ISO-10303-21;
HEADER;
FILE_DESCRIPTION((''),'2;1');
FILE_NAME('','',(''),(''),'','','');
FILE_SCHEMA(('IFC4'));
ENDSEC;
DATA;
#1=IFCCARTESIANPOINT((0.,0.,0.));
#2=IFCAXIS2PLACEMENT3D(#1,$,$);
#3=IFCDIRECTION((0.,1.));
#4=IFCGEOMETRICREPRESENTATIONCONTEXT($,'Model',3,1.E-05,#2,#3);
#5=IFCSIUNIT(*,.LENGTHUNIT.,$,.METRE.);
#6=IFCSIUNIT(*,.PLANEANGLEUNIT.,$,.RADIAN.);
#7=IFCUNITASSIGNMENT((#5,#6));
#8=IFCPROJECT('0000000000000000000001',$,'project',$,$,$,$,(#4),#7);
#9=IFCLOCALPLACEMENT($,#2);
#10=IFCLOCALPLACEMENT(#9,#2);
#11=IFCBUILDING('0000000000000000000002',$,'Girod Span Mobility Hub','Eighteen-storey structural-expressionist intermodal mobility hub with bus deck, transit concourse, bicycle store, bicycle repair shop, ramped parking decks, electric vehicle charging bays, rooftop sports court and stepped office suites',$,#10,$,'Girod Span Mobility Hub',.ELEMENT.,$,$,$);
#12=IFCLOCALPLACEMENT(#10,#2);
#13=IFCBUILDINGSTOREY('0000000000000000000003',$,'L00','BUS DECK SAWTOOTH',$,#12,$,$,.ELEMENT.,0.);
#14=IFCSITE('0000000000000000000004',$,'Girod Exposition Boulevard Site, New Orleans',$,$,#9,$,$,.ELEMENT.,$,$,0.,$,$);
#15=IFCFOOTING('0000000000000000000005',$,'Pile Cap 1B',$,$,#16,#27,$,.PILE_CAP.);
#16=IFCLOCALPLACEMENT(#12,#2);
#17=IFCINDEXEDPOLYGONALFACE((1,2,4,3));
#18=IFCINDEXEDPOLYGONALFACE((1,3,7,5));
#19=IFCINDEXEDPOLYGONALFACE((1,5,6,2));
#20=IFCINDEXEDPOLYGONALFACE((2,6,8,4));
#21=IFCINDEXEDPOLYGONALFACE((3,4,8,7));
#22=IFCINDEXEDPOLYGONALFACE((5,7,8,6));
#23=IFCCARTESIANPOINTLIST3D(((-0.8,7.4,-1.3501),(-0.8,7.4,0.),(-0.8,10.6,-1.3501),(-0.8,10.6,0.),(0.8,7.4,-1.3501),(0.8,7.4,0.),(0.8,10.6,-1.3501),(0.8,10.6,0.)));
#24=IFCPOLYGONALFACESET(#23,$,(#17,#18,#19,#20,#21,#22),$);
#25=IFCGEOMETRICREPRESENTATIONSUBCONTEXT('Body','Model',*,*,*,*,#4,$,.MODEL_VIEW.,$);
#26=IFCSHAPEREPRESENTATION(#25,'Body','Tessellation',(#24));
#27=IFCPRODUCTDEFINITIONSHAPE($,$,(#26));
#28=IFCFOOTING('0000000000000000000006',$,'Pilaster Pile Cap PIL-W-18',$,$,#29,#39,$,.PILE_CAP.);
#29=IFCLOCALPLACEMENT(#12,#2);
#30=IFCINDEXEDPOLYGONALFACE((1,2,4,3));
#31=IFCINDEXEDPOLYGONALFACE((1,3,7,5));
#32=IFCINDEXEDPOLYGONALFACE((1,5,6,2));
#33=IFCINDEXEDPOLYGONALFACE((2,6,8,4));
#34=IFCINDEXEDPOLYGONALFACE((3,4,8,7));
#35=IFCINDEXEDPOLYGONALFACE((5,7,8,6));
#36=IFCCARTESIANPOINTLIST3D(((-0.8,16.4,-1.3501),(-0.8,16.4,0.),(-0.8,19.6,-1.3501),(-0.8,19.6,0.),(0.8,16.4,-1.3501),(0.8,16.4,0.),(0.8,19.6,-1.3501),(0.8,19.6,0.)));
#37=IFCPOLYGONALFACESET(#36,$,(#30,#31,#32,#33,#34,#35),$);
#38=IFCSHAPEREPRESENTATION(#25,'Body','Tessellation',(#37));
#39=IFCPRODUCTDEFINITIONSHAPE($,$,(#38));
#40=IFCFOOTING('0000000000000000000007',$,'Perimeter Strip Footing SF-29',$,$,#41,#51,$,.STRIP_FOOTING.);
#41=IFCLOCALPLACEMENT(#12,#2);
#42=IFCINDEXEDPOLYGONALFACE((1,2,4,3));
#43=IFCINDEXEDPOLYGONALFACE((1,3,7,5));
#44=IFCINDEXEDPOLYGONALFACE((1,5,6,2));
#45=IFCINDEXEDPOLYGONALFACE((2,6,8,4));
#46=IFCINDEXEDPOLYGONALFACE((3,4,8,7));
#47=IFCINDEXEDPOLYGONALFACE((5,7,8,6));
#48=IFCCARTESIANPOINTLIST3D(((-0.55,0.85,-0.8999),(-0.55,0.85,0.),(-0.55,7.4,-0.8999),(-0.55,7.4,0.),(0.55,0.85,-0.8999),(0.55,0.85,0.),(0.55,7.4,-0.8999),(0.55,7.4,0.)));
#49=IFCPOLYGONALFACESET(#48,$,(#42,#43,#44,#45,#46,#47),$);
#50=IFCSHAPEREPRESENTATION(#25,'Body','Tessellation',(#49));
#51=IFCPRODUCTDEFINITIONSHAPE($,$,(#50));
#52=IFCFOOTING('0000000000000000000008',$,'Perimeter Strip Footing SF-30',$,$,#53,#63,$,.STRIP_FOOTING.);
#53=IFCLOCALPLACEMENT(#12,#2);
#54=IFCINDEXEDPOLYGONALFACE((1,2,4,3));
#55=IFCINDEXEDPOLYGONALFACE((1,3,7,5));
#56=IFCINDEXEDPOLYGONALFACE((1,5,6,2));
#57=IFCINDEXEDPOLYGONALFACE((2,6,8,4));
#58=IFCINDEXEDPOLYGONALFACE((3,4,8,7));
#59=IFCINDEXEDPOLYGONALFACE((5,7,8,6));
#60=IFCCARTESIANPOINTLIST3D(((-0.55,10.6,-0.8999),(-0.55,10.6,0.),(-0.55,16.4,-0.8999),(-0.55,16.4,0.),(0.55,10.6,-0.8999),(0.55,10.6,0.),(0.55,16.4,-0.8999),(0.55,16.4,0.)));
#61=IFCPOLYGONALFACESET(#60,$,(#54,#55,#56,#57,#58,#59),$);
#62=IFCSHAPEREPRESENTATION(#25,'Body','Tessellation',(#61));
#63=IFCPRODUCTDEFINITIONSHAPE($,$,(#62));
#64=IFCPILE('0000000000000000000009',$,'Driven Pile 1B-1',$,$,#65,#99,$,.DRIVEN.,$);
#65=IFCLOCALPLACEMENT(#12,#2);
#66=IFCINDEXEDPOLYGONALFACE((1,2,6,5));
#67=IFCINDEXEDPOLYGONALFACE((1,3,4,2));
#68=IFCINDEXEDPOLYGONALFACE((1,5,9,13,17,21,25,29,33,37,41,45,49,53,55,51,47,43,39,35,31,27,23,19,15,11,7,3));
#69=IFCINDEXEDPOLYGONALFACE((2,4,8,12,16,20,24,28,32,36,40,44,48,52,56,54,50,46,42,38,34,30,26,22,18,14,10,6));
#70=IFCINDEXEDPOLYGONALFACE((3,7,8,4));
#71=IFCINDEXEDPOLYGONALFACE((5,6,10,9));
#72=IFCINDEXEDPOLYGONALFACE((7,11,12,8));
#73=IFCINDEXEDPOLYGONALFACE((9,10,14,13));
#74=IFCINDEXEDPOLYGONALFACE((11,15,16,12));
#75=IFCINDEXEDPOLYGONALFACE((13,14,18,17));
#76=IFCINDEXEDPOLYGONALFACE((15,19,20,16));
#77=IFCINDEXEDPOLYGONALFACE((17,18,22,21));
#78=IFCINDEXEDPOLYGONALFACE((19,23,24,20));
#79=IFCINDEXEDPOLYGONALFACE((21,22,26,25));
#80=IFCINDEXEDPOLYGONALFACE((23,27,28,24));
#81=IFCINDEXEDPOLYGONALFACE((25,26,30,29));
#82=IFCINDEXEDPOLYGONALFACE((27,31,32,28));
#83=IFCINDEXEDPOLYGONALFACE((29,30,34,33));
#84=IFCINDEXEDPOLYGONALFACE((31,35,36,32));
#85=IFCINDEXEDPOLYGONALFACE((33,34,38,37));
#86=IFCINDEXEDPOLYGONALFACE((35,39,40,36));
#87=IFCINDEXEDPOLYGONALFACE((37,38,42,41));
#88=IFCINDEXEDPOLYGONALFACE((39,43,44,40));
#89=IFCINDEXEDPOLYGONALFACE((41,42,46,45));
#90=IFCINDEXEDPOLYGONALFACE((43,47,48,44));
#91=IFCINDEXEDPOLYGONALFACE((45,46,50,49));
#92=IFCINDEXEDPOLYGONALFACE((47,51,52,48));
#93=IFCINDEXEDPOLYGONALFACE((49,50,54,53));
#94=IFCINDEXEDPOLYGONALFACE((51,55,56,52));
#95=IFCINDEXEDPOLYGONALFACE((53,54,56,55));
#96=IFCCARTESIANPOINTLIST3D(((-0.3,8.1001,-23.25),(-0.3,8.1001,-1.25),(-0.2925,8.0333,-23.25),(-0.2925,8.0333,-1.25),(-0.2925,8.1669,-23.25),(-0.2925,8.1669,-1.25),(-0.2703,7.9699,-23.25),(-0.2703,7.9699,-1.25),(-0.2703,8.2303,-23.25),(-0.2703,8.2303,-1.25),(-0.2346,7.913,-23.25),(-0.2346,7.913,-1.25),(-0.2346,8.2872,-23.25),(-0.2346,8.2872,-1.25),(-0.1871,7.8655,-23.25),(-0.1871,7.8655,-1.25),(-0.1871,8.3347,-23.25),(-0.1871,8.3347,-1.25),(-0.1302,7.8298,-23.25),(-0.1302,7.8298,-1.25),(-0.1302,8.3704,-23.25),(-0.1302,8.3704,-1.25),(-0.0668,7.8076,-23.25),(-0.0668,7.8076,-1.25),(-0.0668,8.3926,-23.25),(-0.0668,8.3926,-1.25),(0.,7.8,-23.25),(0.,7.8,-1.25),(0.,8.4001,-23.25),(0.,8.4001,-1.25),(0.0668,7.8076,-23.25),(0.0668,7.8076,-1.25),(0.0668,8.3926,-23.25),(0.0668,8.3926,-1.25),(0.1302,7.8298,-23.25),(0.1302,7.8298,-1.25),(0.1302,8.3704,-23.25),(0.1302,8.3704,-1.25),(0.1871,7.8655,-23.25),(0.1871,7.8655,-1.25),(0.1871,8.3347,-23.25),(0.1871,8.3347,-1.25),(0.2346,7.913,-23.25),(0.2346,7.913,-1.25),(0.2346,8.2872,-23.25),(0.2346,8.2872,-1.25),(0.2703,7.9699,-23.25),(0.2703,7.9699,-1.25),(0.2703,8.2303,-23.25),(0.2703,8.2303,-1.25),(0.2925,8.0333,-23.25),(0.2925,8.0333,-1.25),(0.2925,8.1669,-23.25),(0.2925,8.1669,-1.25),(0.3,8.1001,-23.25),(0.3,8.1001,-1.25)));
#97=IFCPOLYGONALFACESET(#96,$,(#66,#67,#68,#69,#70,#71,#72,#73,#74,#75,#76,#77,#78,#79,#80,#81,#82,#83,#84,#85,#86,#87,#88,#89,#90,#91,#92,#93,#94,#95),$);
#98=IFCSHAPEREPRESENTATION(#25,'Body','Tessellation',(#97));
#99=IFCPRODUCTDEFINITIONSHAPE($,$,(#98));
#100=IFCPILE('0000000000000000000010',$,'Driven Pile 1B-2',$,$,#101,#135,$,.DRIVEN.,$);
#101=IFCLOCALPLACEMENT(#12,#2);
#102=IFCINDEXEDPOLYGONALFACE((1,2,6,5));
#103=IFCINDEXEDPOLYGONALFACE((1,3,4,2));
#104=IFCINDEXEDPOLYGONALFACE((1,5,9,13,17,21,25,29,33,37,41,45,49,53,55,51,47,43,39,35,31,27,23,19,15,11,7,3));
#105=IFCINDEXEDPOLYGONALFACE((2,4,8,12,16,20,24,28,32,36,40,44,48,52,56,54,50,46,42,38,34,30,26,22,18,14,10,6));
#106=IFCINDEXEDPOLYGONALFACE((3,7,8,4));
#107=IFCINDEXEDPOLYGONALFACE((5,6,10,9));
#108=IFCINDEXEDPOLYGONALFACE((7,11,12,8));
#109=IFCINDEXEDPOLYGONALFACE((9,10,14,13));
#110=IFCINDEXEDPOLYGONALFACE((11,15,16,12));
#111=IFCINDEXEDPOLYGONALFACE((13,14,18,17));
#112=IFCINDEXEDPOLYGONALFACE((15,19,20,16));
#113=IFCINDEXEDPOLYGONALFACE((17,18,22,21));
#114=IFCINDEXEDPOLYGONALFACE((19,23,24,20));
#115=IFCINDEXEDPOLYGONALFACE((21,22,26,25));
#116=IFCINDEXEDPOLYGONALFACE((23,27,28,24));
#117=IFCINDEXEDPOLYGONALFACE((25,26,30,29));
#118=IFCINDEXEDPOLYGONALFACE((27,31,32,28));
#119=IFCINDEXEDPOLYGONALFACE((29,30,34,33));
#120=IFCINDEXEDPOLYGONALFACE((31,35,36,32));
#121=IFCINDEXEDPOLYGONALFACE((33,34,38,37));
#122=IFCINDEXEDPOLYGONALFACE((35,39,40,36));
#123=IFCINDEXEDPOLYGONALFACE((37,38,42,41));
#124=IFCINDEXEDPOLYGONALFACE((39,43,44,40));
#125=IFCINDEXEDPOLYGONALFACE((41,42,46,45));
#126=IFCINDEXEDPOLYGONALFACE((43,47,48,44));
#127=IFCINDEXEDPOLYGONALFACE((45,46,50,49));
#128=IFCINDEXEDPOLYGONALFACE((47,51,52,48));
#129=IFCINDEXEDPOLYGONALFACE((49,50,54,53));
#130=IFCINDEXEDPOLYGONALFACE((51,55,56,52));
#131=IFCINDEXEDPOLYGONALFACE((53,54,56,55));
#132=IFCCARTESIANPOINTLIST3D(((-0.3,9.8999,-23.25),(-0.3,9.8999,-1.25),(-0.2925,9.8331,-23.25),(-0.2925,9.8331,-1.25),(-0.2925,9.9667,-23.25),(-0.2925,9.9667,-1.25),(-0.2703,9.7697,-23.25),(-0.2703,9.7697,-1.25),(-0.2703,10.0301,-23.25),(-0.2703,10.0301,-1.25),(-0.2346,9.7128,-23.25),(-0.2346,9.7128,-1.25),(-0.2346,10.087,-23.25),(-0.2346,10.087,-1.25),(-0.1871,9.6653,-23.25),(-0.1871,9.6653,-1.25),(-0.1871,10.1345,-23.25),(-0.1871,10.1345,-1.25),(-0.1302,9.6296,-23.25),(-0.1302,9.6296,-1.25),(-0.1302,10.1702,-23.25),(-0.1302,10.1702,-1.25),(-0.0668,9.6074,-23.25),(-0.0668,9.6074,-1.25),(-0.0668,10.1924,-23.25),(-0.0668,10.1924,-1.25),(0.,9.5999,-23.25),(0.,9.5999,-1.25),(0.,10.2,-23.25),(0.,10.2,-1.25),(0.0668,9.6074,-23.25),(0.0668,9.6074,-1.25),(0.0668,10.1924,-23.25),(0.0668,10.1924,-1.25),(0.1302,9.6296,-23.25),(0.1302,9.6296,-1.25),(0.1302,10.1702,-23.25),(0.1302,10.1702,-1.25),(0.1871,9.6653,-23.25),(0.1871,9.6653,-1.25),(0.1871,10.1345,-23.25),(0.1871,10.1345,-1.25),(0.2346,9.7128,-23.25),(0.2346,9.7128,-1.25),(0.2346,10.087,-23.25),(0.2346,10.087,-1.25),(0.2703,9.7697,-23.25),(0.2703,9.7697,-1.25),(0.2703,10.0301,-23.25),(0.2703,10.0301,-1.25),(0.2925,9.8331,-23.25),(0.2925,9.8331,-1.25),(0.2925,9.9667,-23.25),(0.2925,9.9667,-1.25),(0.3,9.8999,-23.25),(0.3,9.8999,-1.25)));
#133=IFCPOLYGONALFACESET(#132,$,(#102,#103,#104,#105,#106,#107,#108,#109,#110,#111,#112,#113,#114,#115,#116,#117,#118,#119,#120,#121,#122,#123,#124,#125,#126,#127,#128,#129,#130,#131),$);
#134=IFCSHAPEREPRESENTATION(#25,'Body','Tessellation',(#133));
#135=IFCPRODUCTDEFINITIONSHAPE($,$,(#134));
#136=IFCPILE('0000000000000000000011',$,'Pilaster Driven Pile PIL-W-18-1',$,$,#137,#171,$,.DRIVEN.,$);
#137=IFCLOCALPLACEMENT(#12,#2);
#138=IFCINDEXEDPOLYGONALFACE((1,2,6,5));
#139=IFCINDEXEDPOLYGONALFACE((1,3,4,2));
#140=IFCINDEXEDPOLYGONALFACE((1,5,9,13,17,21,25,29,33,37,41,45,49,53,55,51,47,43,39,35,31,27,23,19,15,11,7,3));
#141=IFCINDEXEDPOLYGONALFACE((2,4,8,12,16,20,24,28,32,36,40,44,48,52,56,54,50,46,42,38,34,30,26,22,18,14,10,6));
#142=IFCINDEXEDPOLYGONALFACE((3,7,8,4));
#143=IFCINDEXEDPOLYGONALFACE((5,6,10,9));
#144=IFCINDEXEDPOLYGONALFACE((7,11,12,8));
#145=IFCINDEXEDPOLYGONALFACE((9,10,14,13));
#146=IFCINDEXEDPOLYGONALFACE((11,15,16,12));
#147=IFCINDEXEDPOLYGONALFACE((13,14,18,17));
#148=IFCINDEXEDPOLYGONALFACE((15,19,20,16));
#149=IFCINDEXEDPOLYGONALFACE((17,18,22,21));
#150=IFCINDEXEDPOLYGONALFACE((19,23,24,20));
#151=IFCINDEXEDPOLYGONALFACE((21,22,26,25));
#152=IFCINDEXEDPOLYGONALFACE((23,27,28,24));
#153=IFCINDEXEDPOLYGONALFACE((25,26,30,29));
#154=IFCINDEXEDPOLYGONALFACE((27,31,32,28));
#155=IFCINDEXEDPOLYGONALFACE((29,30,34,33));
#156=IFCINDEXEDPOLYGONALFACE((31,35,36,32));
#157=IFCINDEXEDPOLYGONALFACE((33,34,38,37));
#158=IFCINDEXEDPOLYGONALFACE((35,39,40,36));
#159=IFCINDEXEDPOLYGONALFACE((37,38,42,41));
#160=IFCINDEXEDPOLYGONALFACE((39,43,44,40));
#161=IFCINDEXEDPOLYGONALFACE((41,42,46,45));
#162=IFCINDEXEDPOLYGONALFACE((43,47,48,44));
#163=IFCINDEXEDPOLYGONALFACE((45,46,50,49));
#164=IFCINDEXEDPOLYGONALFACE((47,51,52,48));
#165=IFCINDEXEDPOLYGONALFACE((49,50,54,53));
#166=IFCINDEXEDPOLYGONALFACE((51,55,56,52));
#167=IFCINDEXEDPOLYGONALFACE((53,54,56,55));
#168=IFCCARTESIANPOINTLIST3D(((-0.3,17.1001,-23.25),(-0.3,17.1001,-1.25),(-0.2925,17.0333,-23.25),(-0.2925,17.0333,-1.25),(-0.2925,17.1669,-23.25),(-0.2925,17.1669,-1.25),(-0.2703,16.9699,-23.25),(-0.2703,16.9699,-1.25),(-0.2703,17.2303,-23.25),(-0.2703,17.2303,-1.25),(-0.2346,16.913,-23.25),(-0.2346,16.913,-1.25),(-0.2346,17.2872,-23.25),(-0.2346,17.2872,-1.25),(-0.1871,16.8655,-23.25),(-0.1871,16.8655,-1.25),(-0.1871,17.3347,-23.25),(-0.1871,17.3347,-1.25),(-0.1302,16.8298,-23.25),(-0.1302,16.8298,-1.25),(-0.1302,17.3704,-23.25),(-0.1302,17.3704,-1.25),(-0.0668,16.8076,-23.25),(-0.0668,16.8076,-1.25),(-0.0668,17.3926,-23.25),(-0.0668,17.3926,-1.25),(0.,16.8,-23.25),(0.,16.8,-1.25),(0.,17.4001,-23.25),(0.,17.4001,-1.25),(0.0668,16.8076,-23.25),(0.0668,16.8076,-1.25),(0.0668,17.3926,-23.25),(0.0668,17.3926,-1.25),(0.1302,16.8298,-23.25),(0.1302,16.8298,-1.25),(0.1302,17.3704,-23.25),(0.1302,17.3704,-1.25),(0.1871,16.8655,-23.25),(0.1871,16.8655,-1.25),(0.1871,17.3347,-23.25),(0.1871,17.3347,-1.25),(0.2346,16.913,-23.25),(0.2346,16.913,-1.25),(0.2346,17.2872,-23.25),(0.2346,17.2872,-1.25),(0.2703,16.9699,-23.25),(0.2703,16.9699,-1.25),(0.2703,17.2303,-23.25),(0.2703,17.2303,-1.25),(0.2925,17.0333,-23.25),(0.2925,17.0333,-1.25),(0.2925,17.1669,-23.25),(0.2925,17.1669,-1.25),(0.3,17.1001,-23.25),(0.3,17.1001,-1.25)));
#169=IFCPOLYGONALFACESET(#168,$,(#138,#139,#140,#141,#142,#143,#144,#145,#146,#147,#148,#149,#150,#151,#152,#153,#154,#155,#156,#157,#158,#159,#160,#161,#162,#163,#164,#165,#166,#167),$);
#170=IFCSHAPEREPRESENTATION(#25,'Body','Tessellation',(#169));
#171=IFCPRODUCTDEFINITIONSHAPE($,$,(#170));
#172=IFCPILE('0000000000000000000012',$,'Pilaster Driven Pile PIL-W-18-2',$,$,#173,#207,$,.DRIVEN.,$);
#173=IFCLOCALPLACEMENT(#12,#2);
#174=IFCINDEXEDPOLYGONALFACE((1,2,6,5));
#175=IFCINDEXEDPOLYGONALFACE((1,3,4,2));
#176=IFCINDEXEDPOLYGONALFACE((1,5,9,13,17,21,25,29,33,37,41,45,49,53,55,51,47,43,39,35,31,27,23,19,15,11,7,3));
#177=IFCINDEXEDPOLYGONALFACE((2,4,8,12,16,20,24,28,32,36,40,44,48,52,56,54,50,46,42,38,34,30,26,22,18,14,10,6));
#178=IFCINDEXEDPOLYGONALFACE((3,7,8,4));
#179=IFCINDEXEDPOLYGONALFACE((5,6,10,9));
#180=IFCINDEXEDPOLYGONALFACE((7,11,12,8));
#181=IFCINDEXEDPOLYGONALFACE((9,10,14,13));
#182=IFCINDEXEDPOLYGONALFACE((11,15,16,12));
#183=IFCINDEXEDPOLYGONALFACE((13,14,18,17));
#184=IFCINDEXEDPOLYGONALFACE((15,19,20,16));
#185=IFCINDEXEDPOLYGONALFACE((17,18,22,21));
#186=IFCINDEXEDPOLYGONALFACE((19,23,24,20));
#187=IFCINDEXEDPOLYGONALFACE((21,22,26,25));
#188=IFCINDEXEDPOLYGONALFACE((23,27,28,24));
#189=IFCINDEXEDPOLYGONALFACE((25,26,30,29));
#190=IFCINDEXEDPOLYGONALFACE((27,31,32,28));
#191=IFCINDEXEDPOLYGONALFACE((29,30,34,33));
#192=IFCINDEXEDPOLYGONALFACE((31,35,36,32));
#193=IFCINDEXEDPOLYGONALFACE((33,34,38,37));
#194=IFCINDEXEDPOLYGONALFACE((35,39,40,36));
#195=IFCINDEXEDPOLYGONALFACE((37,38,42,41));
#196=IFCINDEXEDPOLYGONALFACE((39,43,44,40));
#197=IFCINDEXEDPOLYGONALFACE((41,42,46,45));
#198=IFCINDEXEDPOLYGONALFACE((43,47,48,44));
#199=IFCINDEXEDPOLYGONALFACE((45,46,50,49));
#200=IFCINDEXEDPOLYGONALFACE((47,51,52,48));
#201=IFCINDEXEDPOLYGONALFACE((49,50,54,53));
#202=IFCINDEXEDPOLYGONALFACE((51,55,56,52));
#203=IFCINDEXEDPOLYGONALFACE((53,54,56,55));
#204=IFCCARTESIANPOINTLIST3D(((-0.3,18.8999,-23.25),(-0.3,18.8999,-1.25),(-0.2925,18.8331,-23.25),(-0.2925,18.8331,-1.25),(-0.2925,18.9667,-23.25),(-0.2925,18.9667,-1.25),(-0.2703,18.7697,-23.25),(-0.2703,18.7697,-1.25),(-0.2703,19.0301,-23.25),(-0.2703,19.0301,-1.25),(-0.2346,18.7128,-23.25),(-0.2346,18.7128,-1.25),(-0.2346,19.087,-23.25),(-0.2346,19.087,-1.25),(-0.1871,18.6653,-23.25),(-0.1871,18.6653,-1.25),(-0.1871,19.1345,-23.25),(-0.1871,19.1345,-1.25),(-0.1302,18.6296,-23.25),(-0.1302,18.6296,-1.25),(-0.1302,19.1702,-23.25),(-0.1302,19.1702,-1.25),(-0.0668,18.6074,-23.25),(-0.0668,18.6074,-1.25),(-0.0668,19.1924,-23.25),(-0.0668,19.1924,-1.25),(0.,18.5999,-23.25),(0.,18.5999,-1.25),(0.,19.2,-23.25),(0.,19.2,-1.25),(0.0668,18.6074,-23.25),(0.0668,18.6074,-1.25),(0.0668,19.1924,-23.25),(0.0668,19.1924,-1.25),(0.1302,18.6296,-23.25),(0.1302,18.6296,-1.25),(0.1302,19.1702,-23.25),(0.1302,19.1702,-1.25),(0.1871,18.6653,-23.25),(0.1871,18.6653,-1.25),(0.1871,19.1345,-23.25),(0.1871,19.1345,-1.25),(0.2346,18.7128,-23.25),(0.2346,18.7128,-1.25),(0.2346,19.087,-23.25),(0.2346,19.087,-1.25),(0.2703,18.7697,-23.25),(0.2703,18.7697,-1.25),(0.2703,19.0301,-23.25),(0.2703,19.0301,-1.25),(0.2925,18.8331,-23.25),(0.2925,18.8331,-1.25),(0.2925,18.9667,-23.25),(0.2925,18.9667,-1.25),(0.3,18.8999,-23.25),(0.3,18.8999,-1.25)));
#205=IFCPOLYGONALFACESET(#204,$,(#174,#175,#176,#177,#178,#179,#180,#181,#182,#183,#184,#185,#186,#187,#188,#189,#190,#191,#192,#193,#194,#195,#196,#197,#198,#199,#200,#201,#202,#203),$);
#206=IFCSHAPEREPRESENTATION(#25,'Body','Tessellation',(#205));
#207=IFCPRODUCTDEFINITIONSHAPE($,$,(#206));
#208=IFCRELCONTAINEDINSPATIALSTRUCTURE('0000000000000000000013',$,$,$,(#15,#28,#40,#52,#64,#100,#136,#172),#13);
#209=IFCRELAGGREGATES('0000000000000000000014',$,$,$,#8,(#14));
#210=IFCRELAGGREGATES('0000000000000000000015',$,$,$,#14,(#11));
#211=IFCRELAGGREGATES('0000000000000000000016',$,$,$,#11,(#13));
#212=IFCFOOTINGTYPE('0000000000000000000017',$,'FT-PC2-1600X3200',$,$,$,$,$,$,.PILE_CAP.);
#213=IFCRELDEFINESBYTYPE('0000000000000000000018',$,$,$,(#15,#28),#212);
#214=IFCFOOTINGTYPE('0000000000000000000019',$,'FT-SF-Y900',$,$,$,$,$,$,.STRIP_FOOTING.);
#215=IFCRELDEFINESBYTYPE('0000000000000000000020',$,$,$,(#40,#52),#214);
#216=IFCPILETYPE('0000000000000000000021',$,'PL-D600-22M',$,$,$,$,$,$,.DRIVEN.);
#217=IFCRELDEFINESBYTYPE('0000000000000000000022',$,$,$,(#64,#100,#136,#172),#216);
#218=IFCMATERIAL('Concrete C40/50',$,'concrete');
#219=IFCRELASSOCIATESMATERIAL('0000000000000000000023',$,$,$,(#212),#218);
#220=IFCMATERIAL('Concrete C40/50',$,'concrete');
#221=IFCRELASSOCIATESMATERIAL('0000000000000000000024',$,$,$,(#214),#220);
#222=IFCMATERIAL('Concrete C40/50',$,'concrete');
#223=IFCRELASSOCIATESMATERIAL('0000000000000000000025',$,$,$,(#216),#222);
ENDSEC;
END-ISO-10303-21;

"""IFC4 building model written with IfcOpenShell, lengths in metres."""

from ifc_helpers import new_model, si_unit, direction, frame, origin, origin_2d, place, context, subcontext, project, spatial, rectangle, circle, extrude, material, material_profile, profile_set, type_object, element, save


model = new_model("IFC4")

# Units and contexts
model_context = context("Model", 3, precision=1e-05, world=origin(), true_north=direction((0.0, 1.0)))
body_context = subcontext(model_context, "Body", "Model", "MODEL_VIEW")
ifc_project = project(units=[si_unit("LENGTHUNIT", "METRE"), si_unit("PLANEANGLEUNIT", "RADIAN")], contexts=[model_context])

# Site, building, storey
site_placement = place(None, origin())
site = spatial("IfcSite", under=ifc_project, at=site_placement, Name="Girod Exposition Boulevard Site, New Orleans", CompositionType="ELEMENT", RefElevation=0.0)
building_placement = place(site_placement, origin())
building = spatial("IfcBuilding", under=site, at=building_placement, Name="Girod Span Mobility Hub", Description="Eighteen-storey structural-expressionist intermodal mobility hub with bus deck, transit concourse, bicycle store, bicycle repair shop, ramped parking decks, electric vehicle charging bays, rooftop sports court and stepped office suites", LongName="Girod Span Mobility Hub", CompositionType="ELEMENT")
storey_placement = place(building_placement, origin())
storey = spatial("IfcBuildingStorey", under=building, at=storey_placement, Name="L00", Description="BUS DECK SAWTOOTH", CompositionType="ELEMENT", Elevation=0.0)

# Footings
ifc_material_1 = material(Name="Concrete C40/50", Category="concrete")
footing_type_1 = type_object("IfcFootingType", Name="FT-PC2-1600X3200", PredefinedType="PILE_CAP", material=ifc_material_1)
for number, where, z_axis, x_axis, name in (
    (1, (0.0, 9.0, -1.3501), (0.0, 0.0, 1.0), (1.0, 0.0, 0.0), "Pile Cap 1B"),
    (2, (0.0, 18.0, -1.3501), (0.0, 0.0, 1.0), (1.0, 0.0, 0.0), "Pilaster Pile Cap PIL-W-18"),
):
    element("IfcFooting", number, at=place(storey_placement, frame(where, z_axis=z_axis, x_axis=x_axis)), inside=storey, type_object=footing_type_1, Name=name, PredefinedType="PILE_CAP", context=body_context, shape_type="SweptSolid", body=[
        extrude(rectangle(XDim=1.6001, YDim=3.2, at=origin_2d()), origin(), (0.0, 0.0, 1.0), 1.3501),
    ])
ifc_material_2 = material(Name="Concrete C40/50", Category="concrete")
footing_type_2 = type_object("IfcFootingType", Name="FT-SF-Y900", PredefinedType="STRIP_FOOTING", material=ifc_material_2)
footing_1_placement = place(storey_placement, frame((0.0, 4.125, -0.8999), z_axis=(0.0, 0.0, 1.0), x_axis=(1.0, 0.0, 0.0)))
element("IfcFooting", 3, at=footing_1_placement, inside=storey, type_object=footing_type_2, Name="Perimeter Strip Footing SF-29", PredefinedType="STRIP_FOOTING", context=body_context, shape_type="SweptSolid", body=[
    extrude(rectangle(XDim=1.1001, YDim=6.55, at=origin_2d()), origin(), (0.0, 0.0, 1.0), 0.8999),
])
footing_2_placement = place(storey_placement, frame((0.0, 13.5, -0.8999), z_axis=(0.0, 0.0, 1.0), x_axis=(1.0, 0.0, 0.0)))
element("IfcFooting", 4, at=footing_2_placement, inside=storey, type_object=footing_type_2, Name="Perimeter Strip Footing SF-30", PredefinedType="STRIP_FOOTING", context=body_context, shape_type="SweptSolid", body=[
    extrude(rectangle(XDim=1.1001, YDim=5.8, at=origin_2d()), origin(), (0.0, 0.0, 1.0), 0.8999),
])

# Piles
ifc_material_3 = material(Name="Concrete C40/50", Category="concrete")
ifc_material_profile_1 = material_profile(ifc_material_3, circle(Radius=0.3, at=origin_2d()), Name="PILE-D600")
ifc_profile_set_1 = profile_set([ifc_material_profile_1], Name="Concrete C40/50")
pile_type = type_object("IfcPileType", Name="PL-D600-22M", PredefinedType="DRIVEN", material=ifc_profile_set_1)
for number, where, z_axis, x_axis, name in (
    (5, (0.0, 8.1001, -1.25), (0.0, 0.0, -1.0), (1.0, 0.0, 0.0), "Driven Pile 1B-1"),
    (6, (0.0, 9.8999, -1.25), (0.0, 0.0, -1.0), (1.0, 0.0, 0.0), "Driven Pile 1B-2"),
    (7, (0.0, 17.1001, -1.25), (0.0, 0.0, -1.0), (1.0, 0.0, 0.0), "Pilaster Driven Pile PIL-W-18-1"),
    (8, (0.0, 18.8999, -1.25), (0.0, 0.0, -1.0), (1.0, 0.0, 0.0), "Pilaster Driven Pile PIL-W-18-2"),
):
    element("IfcPile", number, at=place(storey_placement, frame(where, z_axis=z_axis, x_axis=x_axis)), inside=storey, type_object=pile_type, Name=name, PredefinedType="DRIVEN", context=body_context, shape_type="SweptSolid", body=[
        extrude(circle(Radius=0.3, at=origin_2d()), origin(), (0.0, 0.0, 1.0), 22.0),
    ])

save(model, "model.ifc")
